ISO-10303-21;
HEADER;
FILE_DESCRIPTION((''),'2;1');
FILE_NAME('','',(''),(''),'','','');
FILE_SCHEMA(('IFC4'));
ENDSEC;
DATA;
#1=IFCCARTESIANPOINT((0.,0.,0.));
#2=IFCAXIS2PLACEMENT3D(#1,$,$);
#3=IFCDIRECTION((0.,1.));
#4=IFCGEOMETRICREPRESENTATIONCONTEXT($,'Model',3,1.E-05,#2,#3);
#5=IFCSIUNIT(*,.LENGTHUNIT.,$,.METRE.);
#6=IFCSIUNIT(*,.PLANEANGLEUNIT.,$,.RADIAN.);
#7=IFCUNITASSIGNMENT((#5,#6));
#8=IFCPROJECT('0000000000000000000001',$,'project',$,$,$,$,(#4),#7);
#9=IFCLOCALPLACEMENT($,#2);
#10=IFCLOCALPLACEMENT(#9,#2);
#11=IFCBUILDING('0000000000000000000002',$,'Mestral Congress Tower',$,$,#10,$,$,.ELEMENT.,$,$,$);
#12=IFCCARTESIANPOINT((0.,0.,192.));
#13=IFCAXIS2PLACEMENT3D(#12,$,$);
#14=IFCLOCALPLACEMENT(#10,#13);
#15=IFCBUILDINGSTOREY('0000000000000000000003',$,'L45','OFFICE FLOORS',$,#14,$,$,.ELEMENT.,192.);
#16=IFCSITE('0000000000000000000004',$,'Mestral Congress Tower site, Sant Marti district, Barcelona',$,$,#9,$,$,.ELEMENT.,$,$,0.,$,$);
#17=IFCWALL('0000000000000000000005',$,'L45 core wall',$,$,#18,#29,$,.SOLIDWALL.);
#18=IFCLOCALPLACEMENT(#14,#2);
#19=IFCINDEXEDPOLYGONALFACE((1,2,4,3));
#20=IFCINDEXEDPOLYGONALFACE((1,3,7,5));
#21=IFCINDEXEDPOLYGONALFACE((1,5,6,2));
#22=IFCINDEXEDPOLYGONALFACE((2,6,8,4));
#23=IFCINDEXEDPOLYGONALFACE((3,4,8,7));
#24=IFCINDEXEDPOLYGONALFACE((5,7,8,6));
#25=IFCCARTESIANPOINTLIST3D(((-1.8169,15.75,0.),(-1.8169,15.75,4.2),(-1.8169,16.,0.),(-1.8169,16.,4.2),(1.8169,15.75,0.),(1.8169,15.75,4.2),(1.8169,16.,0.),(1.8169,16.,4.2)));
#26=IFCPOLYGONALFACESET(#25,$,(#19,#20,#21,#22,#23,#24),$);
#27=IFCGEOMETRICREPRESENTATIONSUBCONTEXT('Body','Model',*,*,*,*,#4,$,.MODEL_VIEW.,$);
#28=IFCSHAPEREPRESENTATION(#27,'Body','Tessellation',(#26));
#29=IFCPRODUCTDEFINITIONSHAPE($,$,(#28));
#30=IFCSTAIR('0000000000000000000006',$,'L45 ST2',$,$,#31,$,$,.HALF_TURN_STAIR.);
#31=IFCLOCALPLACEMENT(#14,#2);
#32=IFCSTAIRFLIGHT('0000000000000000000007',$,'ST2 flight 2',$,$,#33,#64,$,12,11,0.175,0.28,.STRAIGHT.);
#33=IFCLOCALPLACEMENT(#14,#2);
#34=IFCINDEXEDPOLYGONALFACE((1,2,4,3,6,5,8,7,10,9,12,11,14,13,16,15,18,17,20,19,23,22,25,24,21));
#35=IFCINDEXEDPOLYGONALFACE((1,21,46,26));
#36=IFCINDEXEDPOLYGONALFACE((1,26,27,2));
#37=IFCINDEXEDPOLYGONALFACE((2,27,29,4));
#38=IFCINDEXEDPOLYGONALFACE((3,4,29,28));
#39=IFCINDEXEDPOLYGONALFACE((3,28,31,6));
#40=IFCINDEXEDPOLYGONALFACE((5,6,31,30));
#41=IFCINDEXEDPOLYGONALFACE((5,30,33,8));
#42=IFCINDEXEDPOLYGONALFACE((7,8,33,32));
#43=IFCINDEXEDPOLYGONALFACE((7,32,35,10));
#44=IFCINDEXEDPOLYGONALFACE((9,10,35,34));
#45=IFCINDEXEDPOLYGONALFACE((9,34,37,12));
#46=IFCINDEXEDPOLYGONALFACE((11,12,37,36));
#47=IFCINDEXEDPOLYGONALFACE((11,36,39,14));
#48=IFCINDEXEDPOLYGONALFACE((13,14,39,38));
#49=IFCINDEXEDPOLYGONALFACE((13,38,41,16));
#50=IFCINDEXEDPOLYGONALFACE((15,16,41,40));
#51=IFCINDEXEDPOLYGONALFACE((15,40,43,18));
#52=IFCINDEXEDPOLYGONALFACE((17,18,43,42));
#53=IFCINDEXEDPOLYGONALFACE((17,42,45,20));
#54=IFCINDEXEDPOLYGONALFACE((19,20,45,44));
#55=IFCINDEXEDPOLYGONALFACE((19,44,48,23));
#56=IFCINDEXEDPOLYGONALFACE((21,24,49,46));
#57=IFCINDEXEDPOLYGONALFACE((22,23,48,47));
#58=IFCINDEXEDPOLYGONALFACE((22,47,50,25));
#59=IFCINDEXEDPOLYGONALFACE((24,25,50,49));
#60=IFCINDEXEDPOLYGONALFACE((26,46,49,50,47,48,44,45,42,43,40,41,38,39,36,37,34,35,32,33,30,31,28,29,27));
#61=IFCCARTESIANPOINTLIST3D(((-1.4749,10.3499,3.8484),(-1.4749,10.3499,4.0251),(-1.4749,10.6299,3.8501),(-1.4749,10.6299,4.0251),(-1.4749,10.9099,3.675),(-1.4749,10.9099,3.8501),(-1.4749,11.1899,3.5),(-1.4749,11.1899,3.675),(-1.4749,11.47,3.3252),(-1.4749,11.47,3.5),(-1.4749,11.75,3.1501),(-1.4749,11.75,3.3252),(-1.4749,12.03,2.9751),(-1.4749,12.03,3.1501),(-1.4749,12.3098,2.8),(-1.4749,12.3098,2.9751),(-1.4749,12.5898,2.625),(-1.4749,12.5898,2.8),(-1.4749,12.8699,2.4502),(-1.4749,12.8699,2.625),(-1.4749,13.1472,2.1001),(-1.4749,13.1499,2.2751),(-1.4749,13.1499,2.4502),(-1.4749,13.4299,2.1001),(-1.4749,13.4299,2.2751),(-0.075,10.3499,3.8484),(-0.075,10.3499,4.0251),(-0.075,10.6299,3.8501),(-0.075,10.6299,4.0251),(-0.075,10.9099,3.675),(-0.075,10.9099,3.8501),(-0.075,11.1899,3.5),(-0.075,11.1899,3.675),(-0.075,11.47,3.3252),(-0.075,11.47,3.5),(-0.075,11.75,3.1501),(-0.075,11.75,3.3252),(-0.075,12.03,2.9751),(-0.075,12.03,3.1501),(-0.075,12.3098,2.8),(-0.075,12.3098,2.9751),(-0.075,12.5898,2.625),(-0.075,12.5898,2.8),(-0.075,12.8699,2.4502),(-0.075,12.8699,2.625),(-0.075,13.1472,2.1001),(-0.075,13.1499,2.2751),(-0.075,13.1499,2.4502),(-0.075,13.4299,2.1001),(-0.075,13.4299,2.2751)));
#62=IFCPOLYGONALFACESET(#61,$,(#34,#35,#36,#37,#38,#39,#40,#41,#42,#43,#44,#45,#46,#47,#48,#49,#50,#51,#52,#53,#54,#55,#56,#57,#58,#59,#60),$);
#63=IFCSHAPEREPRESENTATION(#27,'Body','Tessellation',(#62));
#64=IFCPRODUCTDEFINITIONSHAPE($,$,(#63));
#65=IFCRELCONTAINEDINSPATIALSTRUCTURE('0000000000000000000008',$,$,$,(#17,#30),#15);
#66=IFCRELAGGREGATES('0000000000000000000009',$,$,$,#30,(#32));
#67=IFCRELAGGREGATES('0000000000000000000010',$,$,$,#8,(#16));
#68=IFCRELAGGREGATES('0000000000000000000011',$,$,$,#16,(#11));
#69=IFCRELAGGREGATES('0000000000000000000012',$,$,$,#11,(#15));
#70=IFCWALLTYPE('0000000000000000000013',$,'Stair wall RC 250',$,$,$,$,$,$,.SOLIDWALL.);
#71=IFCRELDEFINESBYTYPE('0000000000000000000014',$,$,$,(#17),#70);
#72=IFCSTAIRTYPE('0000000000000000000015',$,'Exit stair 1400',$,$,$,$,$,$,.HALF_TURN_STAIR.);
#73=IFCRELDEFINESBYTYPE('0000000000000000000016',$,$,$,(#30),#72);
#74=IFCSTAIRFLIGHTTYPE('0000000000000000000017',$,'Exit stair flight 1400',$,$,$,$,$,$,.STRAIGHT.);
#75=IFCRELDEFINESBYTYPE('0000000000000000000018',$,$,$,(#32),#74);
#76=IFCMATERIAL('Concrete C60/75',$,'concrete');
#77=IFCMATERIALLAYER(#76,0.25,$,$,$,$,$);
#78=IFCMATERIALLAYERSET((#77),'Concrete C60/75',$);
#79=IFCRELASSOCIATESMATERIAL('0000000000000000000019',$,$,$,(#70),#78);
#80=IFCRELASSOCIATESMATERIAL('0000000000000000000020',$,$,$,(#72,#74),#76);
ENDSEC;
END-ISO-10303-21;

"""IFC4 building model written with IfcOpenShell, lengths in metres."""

from ifc_helpers import new_model, si_unit, direction, frame, frame_2d, origin, place, context, subcontext, project, spatial, polyline, rectangle, outline, extrude, material, layer, layer_set, type_object, element, aggregate, save


model = new_model("IFC4")

# Units and contexts
model_context = context("Model", 3, precision=1e-05, world=origin(), true_north=direction((0.0, 1.0)))
body_context = subcontext(model_context, "Body", "Model", "MODEL_VIEW")
ifc_project = project(units=[si_unit("LENGTHUNIT", "METRE"), si_unit("PLANEANGLEUNIT", "RADIAN")], contexts=[model_context])

# Site, building, storey
site_placement = place(None, origin())
site = spatial("IfcSite", under=ifc_project, at=site_placement, Name="Mestral Congress Tower site, Sant Marti district, Barcelona", CompositionType="ELEMENT", RefElevation=0.0)
building_placement = place(site_placement, origin())
building = spatial("IfcBuilding", under=site, at=building_placement, Name="Mestral Congress Tower", CompositionType="ELEMENT")
storey_placement = place(building_placement, frame((0.0, 0.0, 192.0)))
storey = spatial("IfcBuildingStorey", under=building, at=storey_placement, Name="L45", Description="OFFICE FLOORS", CompositionType="ELEMENT", Elevation=192.0)

# Shared definitions
ifc_material_1 = material(Name="Concrete C60/75", Category="concrete")

# Wall
ifc_layer_1 = layer(ifc_material_1, 0.25)
ifc_layer_set_1 = layer_set([ifc_layer_1], Name="Concrete C60/75")
wall_type_1 = type_object("IfcWallType", Name="Stair wall RC 250", PredefinedType="SOLIDWALL", material=ifc_layer_set_1)
wall_1_placement = place(storey_placement, frame((-1.8169, 15.875, 0.0), z_axis=(0.0, 0.0, 1.0), x_axis=(1.0, 0.0, 0.0)))
element("IfcWall", 1, at=wall_1_placement, inside=storey, type_object=wall_type_1, Name="L45 core wall", PredefinedType="SOLIDWALL", context=body_context, shape_type="SweptSolid", body=[
    extrude(rectangle(XDim=3.6338, YDim=0.25, at=frame_2d((1.8169, 0.0))), origin(), (0.0, 0.0, 1.0), 4.2),
])

# Stair, stair flight
stair_type = type_object("IfcStairType", Name="Exit stair 1400", PredefinedType="HALF_TURN_STAIR", material=ifc_material_1)
stair_placement = place(storey_placement, origin())
stair = element("IfcStair", 2, at=stair_placement, inside=storey, type_object=stair_type, Name="L45 ST2", PredefinedType="HALF_TURN_STAIR")
stair_flight_type = type_object("IfcStairFlightType", Name="Exit stair flight 1400", PredefinedType="STRAIGHT", material=ifc_material_1)
stair_flight_placement = place(storey_placement, frame((-0.7749, 13.4299, 2.1001), z_axis=(0.0, 0.0, 1.0), x_axis=(0.0, -1.0, 0.0)))
stair_flight = element("IfcStairFlight", 3, at=stair_flight_placement, type_object=stair_flight_type, Name="ST2 flight 2", NumberOfRisers=12, NumberOfTreads=11, PredefinedType="STRAIGHT", RiserHeight=0.175, TreadLength=0.28, context=body_context, shape_type="SweptSolid", body=[
    extrude(outline(polyline([(0.0, 0.0), (0.0, 0.175), (0.28, 0.175), (0.28, 0.3501), (0.5601, 0.3501), (0.5601, 0.5249), (0.8401, 0.5249), (0.8401, 0.7), (1.1201, 0.7), (1.1201, 0.875), (1.3999, 0.875), (1.3999, 1.05), (1.6799, 1.05), (1.6799, 1.2251), (1.96, 1.2251), (1.96, 1.3999), (2.24, 1.3999), (2.24, 1.575), (2.52, 1.575), (2.52, 1.75), (2.8, 1.75), (2.8, 1.925), (3.0801, 1.925), (3.0801, 2.1001), (3.0801, 1.7483), (0.2827, 0.0), (0.0, 0.0)])), frame((0.0, 0.7, 0.0), z_axis=(0.0, -1.0, 0.0), x_axis=(1.0, 0.0, 0.0)), (0.0, 0.0, 1.0), 1.3999),
])
aggregate(stair, [stair_flight])

save(model, "model.ifc")
